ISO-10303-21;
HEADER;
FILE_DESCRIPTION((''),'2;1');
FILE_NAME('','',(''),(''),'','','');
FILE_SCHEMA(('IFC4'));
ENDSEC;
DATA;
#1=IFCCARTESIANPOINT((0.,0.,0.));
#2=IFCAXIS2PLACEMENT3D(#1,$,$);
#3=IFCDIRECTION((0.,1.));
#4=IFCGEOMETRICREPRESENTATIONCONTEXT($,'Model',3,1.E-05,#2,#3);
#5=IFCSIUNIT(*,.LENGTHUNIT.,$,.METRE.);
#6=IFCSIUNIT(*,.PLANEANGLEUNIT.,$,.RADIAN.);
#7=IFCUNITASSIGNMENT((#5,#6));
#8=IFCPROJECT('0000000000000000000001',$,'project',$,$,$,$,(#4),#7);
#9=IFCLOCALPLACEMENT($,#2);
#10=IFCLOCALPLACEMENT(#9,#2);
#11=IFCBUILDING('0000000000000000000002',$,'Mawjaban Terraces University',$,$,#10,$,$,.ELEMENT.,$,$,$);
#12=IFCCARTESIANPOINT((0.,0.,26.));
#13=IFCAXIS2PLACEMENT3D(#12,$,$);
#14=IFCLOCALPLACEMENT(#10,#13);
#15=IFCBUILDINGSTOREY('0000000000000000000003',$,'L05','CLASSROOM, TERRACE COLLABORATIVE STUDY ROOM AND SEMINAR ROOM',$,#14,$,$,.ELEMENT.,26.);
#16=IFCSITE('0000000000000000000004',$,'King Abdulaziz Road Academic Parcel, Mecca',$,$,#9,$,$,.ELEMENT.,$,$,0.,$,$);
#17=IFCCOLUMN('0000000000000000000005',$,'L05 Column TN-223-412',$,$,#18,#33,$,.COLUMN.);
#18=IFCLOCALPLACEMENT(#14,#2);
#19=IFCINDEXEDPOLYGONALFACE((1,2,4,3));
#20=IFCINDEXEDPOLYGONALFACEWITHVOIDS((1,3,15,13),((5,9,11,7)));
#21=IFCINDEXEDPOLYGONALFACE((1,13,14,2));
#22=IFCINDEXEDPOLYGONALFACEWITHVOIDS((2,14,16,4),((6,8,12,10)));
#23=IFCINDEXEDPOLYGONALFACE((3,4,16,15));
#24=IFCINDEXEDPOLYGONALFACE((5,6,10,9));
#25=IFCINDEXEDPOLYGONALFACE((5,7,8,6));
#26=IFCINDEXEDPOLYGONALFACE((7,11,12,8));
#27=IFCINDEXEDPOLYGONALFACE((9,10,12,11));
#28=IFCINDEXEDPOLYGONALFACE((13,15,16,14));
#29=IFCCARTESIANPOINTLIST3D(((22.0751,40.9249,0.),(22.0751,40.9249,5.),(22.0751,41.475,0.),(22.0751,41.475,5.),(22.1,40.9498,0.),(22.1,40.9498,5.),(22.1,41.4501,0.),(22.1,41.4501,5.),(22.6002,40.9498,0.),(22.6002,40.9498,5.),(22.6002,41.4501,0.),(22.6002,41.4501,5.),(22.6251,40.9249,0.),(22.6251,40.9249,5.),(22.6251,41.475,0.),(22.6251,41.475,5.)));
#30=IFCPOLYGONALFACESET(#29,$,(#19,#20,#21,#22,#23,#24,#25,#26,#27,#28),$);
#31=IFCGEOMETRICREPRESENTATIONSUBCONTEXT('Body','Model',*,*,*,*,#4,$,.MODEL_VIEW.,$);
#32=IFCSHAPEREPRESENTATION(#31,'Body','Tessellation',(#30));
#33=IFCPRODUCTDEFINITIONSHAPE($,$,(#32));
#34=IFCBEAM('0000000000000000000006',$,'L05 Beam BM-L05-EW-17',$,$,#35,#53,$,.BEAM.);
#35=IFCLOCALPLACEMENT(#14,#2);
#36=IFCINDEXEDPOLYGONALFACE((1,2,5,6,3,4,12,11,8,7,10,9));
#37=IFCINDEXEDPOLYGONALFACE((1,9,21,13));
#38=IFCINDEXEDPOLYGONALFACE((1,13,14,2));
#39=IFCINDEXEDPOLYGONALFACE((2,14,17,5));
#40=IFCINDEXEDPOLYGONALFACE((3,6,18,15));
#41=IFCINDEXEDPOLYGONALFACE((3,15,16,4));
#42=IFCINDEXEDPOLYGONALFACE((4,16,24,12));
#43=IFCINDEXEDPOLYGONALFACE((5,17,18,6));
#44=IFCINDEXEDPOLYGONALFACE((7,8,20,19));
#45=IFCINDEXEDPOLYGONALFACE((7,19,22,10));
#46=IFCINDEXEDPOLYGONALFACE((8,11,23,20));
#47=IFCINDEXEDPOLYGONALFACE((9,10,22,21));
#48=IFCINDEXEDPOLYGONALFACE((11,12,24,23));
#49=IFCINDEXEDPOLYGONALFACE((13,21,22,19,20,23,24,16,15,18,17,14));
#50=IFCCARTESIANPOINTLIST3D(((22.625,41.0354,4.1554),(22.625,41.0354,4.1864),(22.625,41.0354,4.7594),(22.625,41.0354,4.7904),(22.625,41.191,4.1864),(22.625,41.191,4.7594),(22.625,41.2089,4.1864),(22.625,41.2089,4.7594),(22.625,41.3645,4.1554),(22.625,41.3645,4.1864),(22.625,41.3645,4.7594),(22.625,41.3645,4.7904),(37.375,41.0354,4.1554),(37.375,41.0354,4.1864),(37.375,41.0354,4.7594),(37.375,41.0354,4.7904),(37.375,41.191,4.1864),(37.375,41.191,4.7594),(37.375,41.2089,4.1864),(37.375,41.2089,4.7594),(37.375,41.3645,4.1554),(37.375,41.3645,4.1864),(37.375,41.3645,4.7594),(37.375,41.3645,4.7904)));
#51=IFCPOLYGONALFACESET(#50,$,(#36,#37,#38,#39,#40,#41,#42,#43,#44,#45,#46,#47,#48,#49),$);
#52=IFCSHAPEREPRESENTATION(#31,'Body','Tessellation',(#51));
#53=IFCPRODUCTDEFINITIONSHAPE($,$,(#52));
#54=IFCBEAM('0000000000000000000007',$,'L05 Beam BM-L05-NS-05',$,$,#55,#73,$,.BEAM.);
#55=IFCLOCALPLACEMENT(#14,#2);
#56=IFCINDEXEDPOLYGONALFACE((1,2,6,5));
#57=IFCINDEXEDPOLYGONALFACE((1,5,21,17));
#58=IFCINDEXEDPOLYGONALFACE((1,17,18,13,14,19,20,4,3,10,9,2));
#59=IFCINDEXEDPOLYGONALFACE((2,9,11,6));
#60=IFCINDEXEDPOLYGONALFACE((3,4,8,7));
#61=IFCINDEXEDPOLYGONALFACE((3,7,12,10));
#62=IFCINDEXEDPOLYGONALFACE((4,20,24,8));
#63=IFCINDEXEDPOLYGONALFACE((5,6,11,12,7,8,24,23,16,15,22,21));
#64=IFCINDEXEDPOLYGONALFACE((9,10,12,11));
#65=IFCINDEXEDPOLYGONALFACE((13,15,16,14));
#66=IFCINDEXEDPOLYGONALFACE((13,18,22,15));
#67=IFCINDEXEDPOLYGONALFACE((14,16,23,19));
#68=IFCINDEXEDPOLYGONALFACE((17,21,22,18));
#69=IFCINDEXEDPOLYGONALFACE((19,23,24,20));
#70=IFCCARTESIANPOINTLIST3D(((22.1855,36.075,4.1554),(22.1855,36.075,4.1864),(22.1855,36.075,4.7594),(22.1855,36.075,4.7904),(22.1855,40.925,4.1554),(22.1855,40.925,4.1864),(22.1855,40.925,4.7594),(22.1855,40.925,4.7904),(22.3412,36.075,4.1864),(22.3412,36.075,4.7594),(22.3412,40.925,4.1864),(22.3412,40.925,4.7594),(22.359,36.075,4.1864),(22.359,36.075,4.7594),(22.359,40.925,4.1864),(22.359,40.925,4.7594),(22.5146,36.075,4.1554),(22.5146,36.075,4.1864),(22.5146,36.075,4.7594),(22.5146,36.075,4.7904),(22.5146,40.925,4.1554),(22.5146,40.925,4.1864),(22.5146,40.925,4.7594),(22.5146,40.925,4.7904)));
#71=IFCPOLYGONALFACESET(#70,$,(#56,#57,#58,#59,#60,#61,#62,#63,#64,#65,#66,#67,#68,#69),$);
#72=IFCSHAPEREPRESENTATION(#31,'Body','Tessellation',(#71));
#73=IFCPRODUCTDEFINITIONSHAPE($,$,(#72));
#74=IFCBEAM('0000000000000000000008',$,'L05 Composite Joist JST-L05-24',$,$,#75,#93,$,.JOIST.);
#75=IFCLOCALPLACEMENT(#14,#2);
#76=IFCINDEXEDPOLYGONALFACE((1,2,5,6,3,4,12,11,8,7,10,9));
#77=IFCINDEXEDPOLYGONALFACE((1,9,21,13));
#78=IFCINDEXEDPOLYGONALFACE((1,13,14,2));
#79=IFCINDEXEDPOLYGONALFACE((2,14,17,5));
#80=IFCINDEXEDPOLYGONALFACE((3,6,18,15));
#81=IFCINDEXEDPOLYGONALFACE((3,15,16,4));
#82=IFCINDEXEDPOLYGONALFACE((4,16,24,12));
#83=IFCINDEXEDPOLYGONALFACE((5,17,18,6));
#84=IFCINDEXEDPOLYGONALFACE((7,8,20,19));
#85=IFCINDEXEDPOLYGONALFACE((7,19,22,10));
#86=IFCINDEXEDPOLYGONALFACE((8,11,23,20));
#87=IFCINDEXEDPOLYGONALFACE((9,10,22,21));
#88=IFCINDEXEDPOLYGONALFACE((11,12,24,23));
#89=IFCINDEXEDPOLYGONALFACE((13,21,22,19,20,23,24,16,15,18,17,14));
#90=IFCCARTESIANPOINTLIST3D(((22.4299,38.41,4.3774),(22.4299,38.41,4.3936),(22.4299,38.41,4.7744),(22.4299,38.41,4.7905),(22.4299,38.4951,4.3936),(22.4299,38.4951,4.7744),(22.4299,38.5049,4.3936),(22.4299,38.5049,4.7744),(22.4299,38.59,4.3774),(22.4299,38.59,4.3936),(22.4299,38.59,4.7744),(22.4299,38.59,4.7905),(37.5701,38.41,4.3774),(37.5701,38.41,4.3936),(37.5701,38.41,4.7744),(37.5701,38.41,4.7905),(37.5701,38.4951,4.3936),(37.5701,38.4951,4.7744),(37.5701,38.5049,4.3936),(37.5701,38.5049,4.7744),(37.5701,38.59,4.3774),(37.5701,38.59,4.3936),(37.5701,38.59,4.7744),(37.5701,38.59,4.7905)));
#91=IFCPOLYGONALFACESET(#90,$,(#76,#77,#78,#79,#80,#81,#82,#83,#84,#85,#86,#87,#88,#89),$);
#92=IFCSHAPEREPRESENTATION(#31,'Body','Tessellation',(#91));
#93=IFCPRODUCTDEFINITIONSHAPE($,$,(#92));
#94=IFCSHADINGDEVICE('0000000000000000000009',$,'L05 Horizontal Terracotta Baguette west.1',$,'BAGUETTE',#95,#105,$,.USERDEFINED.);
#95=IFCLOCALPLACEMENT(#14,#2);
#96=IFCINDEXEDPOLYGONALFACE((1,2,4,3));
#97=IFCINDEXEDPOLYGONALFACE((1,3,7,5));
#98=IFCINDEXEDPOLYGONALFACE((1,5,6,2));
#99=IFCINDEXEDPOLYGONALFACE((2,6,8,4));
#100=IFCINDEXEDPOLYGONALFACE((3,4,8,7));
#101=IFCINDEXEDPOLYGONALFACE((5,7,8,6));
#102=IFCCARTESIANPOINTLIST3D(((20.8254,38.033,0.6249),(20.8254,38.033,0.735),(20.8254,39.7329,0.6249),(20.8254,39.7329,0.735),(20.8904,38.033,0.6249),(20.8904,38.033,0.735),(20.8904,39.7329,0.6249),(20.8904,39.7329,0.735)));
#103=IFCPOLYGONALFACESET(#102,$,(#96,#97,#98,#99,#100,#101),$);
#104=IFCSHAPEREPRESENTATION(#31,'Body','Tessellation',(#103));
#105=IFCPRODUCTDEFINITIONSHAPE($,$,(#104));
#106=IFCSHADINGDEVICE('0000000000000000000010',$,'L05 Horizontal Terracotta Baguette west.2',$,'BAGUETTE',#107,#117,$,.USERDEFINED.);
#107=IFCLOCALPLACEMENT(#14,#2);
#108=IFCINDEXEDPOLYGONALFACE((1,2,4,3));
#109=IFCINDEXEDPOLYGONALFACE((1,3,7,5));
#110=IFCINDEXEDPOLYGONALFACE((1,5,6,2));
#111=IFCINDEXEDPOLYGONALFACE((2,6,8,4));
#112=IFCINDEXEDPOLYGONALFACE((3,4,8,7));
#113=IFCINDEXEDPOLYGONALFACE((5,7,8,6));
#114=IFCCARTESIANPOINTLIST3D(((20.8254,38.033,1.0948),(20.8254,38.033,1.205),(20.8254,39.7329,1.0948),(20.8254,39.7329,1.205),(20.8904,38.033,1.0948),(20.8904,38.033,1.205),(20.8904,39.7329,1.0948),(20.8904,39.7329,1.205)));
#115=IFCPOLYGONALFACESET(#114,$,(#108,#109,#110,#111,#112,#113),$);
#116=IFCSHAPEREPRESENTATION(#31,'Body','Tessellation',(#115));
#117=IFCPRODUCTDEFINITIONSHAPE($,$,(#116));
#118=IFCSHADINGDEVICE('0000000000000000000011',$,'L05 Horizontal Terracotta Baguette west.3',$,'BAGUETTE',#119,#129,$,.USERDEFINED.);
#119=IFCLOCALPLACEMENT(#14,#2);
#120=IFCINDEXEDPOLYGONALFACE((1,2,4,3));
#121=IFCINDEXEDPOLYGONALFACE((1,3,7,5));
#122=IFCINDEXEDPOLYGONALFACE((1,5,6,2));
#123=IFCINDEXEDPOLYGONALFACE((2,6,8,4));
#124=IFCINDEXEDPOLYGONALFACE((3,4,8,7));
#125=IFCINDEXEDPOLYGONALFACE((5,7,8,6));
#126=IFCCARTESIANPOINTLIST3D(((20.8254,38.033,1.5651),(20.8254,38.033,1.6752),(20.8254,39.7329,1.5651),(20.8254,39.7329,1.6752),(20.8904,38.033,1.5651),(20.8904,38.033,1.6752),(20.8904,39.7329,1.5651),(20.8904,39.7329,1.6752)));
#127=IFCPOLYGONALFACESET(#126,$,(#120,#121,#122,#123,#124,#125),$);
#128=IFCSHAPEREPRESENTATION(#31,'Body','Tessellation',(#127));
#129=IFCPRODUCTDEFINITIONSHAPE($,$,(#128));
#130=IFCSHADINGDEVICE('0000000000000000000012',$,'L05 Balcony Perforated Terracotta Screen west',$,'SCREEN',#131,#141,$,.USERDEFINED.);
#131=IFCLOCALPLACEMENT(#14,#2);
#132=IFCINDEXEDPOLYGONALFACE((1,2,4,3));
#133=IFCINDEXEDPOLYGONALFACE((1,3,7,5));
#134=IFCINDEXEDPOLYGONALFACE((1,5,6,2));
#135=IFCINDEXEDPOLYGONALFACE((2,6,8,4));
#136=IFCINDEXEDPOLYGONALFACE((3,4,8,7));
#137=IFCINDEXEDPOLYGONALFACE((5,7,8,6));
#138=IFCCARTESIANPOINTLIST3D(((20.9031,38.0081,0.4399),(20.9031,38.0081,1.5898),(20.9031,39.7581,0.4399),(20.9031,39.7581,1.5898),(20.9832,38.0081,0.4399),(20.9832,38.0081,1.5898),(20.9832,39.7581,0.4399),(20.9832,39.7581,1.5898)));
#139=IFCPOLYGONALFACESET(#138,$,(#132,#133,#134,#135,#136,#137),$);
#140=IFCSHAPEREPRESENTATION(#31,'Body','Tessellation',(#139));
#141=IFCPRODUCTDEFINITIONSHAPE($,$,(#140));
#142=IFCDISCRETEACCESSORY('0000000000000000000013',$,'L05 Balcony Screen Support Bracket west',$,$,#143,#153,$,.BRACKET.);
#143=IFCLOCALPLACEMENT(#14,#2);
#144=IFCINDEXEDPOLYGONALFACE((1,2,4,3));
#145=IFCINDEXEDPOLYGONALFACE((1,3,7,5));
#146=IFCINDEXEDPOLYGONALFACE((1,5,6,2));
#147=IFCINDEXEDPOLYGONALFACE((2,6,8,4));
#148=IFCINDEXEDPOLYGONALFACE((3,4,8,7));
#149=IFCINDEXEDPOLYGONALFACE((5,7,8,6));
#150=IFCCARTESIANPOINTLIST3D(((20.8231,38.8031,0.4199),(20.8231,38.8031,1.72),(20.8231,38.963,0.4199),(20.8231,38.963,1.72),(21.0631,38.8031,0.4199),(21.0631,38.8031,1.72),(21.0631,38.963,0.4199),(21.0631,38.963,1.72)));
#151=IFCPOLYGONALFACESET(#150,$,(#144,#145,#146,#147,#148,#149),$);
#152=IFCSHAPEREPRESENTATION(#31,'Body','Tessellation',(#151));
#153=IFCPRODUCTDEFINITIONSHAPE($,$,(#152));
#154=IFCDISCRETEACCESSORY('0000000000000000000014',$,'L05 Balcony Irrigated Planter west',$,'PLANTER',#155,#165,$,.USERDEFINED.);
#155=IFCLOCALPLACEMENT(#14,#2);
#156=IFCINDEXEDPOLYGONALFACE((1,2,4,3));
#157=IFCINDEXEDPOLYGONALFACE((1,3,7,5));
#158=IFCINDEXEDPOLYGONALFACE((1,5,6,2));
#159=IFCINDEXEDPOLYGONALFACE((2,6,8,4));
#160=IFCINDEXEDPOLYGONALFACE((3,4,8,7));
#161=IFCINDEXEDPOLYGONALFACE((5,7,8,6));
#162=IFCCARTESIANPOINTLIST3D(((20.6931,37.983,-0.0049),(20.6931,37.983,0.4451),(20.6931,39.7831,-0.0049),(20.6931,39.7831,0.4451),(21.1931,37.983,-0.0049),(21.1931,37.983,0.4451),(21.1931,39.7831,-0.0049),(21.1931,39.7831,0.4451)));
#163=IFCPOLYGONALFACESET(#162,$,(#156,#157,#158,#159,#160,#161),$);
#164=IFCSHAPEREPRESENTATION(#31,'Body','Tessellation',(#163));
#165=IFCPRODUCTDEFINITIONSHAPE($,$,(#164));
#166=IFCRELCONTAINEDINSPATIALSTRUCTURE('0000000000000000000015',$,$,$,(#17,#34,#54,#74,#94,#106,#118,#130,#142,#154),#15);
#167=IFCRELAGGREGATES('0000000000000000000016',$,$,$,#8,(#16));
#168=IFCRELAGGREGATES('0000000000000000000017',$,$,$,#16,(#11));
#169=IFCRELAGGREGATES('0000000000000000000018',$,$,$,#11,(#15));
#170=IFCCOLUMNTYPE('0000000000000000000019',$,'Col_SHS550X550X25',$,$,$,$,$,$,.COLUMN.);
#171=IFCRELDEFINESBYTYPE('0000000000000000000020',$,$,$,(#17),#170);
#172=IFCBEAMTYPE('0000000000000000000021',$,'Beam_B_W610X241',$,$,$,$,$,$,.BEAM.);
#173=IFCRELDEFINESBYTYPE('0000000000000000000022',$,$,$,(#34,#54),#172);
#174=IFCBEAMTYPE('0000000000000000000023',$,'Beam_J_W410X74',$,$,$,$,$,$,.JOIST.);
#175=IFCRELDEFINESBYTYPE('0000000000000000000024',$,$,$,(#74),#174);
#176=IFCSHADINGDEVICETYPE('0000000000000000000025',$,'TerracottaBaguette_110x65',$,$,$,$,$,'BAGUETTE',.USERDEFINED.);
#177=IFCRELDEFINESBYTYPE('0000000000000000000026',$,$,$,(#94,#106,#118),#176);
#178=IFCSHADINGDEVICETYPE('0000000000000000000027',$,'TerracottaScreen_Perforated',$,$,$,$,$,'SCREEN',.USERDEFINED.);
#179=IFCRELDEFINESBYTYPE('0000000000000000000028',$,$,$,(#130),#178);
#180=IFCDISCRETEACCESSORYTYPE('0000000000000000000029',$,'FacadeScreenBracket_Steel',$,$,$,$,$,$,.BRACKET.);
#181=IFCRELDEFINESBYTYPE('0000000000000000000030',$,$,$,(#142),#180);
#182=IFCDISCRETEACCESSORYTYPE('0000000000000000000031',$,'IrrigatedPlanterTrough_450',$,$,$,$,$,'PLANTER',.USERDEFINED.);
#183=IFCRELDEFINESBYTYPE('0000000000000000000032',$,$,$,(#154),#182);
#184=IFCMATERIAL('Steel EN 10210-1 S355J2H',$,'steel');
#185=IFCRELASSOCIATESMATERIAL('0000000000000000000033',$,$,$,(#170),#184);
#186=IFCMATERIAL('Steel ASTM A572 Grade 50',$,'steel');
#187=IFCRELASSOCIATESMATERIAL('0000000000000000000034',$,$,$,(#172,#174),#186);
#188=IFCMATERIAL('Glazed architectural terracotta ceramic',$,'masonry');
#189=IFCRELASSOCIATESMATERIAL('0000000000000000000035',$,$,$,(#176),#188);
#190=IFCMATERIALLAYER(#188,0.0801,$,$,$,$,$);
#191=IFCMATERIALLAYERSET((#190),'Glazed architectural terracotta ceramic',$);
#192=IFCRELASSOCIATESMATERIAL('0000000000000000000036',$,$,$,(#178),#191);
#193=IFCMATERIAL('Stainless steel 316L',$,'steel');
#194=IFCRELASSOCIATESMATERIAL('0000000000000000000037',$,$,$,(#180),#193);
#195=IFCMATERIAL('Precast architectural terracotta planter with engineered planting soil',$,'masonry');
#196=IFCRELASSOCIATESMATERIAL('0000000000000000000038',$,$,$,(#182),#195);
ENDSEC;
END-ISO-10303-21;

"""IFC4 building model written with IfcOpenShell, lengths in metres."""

from ifc_helpers import new_model, si_unit, direction, frame, origin, origin_2d, place, context, subcontext, project, spatial, rectangle, hollow_rectangle, i_section, extrude, material, layer, layer_set, material_profile, profile_set, type_object, element, save


model = new_model("IFC4")

# Units and contexts
model_context = context("Model", 3, precision=1e-05, world=origin(), true_north=direction((0.0, 1.0)))
body_context = subcontext(model_context, "Body", "Model", "MODEL_VIEW")
ifc_project = project(units=[si_unit("LENGTHUNIT", "METRE"), si_unit("PLANEANGLEUNIT", "RADIAN")], contexts=[model_context])

# Site, building, storey
site_placement = place(None, origin())
site = spatial("IfcSite", under=ifc_project, at=site_placement, Name="King Abdulaziz Road Academic Parcel, Mecca", CompositionType="ELEMENT", RefElevation=0.0)
building_placement = place(site_placement, origin())
building = spatial("IfcBuilding", under=site, at=building_placement, Name="Mawjaban Terraces University", CompositionType="ELEMENT")
storey_placement = place(building_placement, frame((0.0, 0.0, 26.0)))
storey = spatial("IfcBuildingStorey", under=building, at=storey_placement, Name="L05", Description="CLASSROOM, TERRACE COLLABORATIVE STUDY ROOM AND SEMINAR ROOM", CompositionType="ELEMENT", Elevation=26.0)

# Column
ifc_material_1 = material(Name="Steel EN 10210-1 S355J2H", Category="steel")
ifc_material_profile_1 = material_profile(ifc_material_1, hollow_rectangle(XDim=0.55, YDim=0.55, WallThickness=0.0249, at=origin_2d()), Name="SHS550X550X25")
ifc_profile_set_1 = profile_set([ifc_material_profile_1], Name="Steel EN 10210-1 S355J2H")
column_type = type_object("IfcColumnType", Name="Col_SHS550X550X25", PredefinedType="COLUMN", material=ifc_profile_set_1)
column_placement = place(storey_placement, frame((22.3501, 41.2, 0.0), z_axis=(0.0, 0.0, 1.0), x_axis=(1.0, 0.0, 0.0)))
element("IfcColumn", 1, at=column_placement, inside=storey, type_object=column_type, Name="L05 Column TN-223-412", PredefinedType="COLUMN", context=body_context, shape_type="SweptSolid", body=[
    extrude(hollow_rectangle(XDim=0.55, YDim=0.55, WallThickness=0.0249, at=origin_2d()), origin(), (0.0, 0.0, 1.0), 5.0),
])

# Beams
ifc_material_2 = material(Name="Steel ASTM A572 Grade 50", Category="steel")
ifc_material_profile_2 = material_profile(ifc_material_2, i_section(OverallWidth=0.3291, OverallDepth=0.635, WebThickness=0.0178, FlangeThickness=0.031, at=origin_2d()), Name="W610X241")
ifc_profile_set_2 = profile_set([ifc_material_profile_2], Name="Steel ASTM A572 Grade 50")
beam_type_1 = type_object("IfcBeamType", Name="Beam_B_W610X241", PredefinedType="BEAM", material=ifc_profile_set_2)
beam_1_placement = place(storey_placement, frame((22.625, 41.2, 4.4729), z_axis=(1.0, 0.0, 0.0), x_axis=(0.0, 1.0, 0.0)))
element("IfcBeam", 2, at=beam_1_placement, inside=storey, type_object=beam_type_1, Name="L05 Beam BM-L05-EW-17", PredefinedType="BEAM", context=body_context, shape_type="SweptSolid", body=[
    extrude(i_section(OverallWidth=0.3291, OverallDepth=0.635, WebThickness=0.0178, FlangeThickness=0.031, at=origin_2d()), origin(), (0.0, 0.0, 1.0), 14.75),
])
beam_2_placement = place(storey_placement, frame((22.3501, 36.075, 4.4729), z_axis=(0.0, 1.0, 0.0), x_axis=(-1.0, 0.0, 0.0)))
element("IfcBeam", 3, at=beam_2_placement, inside=storey, type_object=beam_type_1, Name="L05 Beam BM-L05-NS-05", PredefinedType="BEAM", context=body_context, shape_type="SweptSolid", body=[
    extrude(i_section(OverallWidth=0.3291, OverallDepth=0.635, WebThickness=0.0178, FlangeThickness=0.031, at=origin_2d()), origin(), (0.0, 0.0, 1.0), 4.8501),
])
ifc_material_profile_3 = material_profile(ifc_material_2, i_section(OverallWidth=0.1799, OverallDepth=0.4131, WebThickness=0.0098, FlangeThickness=0.0161, at=origin_2d()), Name="W410X74")
ifc_profile_set_3 = profile_set([ifc_material_profile_3], Name="Steel ASTM A572 Grade 50")
beam_type_2 = type_object("IfcBeamType", Name="Beam_J_W410X74", PredefinedType="JOIST", material=ifc_profile_set_3)
beam_3_placement = place(storey_placement, frame((22.4299, 38.5, 4.584), z_axis=(1.0, 0.0, 0.0), x_axis=(0.0, 1.0, 0.0)))
element("IfcBeam", 4, at=beam_3_placement, inside=storey, type_object=beam_type_2, Name="L05 Composite Joist JST-L05-24", PredefinedType="JOIST", context=body_context, shape_type="SweptSolid", body=[
    extrude(i_section(OverallWidth=0.1799, OverallDepth=0.4131, WebThickness=0.0098, FlangeThickness=0.0161, at=origin_2d()), origin(), (0.0, 0.0, 1.0), 15.1401),
])

# Shading devices
ifc_material_3 = material(Name="Glazed architectural terracotta ceramic", Category="masonry")
ifc_material_profile_4 = material_profile(ifc_material_3, rectangle(XDim=0.0649, YDim=0.1101, at=origin_2d()), Name="TBAG110X65")
ifc_profile_set_4 = profile_set([ifc_material_profile_4], Name="Glazed architectural terracotta ceramic")
shading_device_type_1 = type_object("IfcShadingDeviceType", Name="TerracottaBaguette_110x65", ElementType="BAGUETTE", PredefinedType="USERDEFINED", material=ifc_profile_set_4)
for number, where, z_axis, x_axis, name in (
    (5, (20.8579, 38.033, 0.6799), (0.0, 1.0, 0.0), (-1.0, 0.0, 0.0), "L05 Horizontal Terracotta Baguette west.1"),
    (6, (20.8579, 38.033, 1.1499), (0.0, 1.0, 0.0), (-1.0, 0.0, 0.0), "L05 Horizontal Terracotta Baguette west.2"),
    (7, (20.8579, 38.033, 1.6201), (0.0, 1.0, 0.0), (-1.0, 0.0, 0.0), "L05 Horizontal Terracotta Baguette west.3"),
):
    element("IfcShadingDevice", number, at=place(storey_placement, frame(where, z_axis=z_axis, x_axis=x_axis)), inside=storey, type_object=shading_device_type_1, Name=name, ObjectType="BAGUETTE", PredefinedType="USERDEFINED", context=body_context, shape_type="SweptSolid", body=[
        extrude(rectangle(XDim=0.0649, YDim=0.1101, at=origin_2d()), origin(), (0.0, 0.0, 1.0), 1.7),
    ])
ifc_layer = layer(ifc_material_3, 0.0801)
ifc_layer_set = layer_set([ifc_layer], Name="Glazed architectural terracotta ceramic")
shading_device_type_2 = type_object("IfcShadingDeviceType", Name="TerracottaScreen_Perforated", ElementType="SCREEN", PredefinedType="USERDEFINED", material=ifc_layer_set)
shading_device_placement = place(storey_placement, frame((20.9431, 38.8831, 0.4399), z_axis=(0.0, 0.0, 1.0), x_axis=(0.0, 1.0, 0.0)))
element("IfcShadingDevice", 8, at=shading_device_placement, inside=storey, type_object=shading_device_type_2, Name="L05 Balcony Perforated Terracotta Screen west", ObjectType="SCREEN", PredefinedType="USERDEFINED", context=body_context, shape_type="SweptSolid", body=[
    extrude(rectangle(XDim=1.75, YDim=0.0801, at=origin_2d()), origin(), (0.0, 0.0, 1.0), 1.1499),
])

# Discrete accessories
ifc_material_4 = material(Name="Stainless steel 316L", Category="steel")
discrete_accessory_type_1 = type_object("IfcDiscreteAccessoryType", Name="FacadeScreenBracket_Steel", PredefinedType="BRACKET", material=ifc_material_4)
discrete_accessory_1_placement = place(storey_placement, frame((20.9431, 38.8831, 0.4199), z_axis=(0.0, 0.0, 1.0), x_axis=(0.0, 1.0, 0.0)))
element("IfcDiscreteAccessory", 9, at=discrete_accessory_1_placement, inside=storey, type_object=discrete_accessory_type_1, Name="L05 Balcony Screen Support Bracket west", PredefinedType="BRACKET", context=body_context, shape_type="SweptSolid", body=[
    extrude(rectangle(XDim=0.1599, YDim=0.24, at=origin_2d()), origin(), (0.0, 0.0, 1.0), 1.3),
])
ifc_material_5 = material(Name="Precast architectural terracotta planter with engineered planting soil", Category="masonry")
discrete_accessory_type_2 = type_object("IfcDiscreteAccessoryType", Name="IrrigatedPlanterTrough_450", ElementType="PLANTER", PredefinedType="USERDEFINED", material=ifc_material_5)
discrete_accessory_2_placement = place(storey_placement, frame((20.9431, 38.8831, -0.0049), z_axis=(0.0, 0.0, 1.0), x_axis=(0.0, 1.0, 0.0)))
element("IfcDiscreteAccessory", 10, at=discrete_accessory_2_placement, inside=storey, type_object=discrete_accessory_type_2, Name="L05 Balcony Irrigated Planter west", ObjectType="PLANTER", PredefinedType="USERDEFINED", context=body_context, shape_type="SweptSolid", body=[
    extrude(rectangle(XDim=1.8, YDim=0.5, at=origin_2d()), origin(), (0.0, 0.0, 1.0), 0.45),
])

save(model, "model.ifc")
